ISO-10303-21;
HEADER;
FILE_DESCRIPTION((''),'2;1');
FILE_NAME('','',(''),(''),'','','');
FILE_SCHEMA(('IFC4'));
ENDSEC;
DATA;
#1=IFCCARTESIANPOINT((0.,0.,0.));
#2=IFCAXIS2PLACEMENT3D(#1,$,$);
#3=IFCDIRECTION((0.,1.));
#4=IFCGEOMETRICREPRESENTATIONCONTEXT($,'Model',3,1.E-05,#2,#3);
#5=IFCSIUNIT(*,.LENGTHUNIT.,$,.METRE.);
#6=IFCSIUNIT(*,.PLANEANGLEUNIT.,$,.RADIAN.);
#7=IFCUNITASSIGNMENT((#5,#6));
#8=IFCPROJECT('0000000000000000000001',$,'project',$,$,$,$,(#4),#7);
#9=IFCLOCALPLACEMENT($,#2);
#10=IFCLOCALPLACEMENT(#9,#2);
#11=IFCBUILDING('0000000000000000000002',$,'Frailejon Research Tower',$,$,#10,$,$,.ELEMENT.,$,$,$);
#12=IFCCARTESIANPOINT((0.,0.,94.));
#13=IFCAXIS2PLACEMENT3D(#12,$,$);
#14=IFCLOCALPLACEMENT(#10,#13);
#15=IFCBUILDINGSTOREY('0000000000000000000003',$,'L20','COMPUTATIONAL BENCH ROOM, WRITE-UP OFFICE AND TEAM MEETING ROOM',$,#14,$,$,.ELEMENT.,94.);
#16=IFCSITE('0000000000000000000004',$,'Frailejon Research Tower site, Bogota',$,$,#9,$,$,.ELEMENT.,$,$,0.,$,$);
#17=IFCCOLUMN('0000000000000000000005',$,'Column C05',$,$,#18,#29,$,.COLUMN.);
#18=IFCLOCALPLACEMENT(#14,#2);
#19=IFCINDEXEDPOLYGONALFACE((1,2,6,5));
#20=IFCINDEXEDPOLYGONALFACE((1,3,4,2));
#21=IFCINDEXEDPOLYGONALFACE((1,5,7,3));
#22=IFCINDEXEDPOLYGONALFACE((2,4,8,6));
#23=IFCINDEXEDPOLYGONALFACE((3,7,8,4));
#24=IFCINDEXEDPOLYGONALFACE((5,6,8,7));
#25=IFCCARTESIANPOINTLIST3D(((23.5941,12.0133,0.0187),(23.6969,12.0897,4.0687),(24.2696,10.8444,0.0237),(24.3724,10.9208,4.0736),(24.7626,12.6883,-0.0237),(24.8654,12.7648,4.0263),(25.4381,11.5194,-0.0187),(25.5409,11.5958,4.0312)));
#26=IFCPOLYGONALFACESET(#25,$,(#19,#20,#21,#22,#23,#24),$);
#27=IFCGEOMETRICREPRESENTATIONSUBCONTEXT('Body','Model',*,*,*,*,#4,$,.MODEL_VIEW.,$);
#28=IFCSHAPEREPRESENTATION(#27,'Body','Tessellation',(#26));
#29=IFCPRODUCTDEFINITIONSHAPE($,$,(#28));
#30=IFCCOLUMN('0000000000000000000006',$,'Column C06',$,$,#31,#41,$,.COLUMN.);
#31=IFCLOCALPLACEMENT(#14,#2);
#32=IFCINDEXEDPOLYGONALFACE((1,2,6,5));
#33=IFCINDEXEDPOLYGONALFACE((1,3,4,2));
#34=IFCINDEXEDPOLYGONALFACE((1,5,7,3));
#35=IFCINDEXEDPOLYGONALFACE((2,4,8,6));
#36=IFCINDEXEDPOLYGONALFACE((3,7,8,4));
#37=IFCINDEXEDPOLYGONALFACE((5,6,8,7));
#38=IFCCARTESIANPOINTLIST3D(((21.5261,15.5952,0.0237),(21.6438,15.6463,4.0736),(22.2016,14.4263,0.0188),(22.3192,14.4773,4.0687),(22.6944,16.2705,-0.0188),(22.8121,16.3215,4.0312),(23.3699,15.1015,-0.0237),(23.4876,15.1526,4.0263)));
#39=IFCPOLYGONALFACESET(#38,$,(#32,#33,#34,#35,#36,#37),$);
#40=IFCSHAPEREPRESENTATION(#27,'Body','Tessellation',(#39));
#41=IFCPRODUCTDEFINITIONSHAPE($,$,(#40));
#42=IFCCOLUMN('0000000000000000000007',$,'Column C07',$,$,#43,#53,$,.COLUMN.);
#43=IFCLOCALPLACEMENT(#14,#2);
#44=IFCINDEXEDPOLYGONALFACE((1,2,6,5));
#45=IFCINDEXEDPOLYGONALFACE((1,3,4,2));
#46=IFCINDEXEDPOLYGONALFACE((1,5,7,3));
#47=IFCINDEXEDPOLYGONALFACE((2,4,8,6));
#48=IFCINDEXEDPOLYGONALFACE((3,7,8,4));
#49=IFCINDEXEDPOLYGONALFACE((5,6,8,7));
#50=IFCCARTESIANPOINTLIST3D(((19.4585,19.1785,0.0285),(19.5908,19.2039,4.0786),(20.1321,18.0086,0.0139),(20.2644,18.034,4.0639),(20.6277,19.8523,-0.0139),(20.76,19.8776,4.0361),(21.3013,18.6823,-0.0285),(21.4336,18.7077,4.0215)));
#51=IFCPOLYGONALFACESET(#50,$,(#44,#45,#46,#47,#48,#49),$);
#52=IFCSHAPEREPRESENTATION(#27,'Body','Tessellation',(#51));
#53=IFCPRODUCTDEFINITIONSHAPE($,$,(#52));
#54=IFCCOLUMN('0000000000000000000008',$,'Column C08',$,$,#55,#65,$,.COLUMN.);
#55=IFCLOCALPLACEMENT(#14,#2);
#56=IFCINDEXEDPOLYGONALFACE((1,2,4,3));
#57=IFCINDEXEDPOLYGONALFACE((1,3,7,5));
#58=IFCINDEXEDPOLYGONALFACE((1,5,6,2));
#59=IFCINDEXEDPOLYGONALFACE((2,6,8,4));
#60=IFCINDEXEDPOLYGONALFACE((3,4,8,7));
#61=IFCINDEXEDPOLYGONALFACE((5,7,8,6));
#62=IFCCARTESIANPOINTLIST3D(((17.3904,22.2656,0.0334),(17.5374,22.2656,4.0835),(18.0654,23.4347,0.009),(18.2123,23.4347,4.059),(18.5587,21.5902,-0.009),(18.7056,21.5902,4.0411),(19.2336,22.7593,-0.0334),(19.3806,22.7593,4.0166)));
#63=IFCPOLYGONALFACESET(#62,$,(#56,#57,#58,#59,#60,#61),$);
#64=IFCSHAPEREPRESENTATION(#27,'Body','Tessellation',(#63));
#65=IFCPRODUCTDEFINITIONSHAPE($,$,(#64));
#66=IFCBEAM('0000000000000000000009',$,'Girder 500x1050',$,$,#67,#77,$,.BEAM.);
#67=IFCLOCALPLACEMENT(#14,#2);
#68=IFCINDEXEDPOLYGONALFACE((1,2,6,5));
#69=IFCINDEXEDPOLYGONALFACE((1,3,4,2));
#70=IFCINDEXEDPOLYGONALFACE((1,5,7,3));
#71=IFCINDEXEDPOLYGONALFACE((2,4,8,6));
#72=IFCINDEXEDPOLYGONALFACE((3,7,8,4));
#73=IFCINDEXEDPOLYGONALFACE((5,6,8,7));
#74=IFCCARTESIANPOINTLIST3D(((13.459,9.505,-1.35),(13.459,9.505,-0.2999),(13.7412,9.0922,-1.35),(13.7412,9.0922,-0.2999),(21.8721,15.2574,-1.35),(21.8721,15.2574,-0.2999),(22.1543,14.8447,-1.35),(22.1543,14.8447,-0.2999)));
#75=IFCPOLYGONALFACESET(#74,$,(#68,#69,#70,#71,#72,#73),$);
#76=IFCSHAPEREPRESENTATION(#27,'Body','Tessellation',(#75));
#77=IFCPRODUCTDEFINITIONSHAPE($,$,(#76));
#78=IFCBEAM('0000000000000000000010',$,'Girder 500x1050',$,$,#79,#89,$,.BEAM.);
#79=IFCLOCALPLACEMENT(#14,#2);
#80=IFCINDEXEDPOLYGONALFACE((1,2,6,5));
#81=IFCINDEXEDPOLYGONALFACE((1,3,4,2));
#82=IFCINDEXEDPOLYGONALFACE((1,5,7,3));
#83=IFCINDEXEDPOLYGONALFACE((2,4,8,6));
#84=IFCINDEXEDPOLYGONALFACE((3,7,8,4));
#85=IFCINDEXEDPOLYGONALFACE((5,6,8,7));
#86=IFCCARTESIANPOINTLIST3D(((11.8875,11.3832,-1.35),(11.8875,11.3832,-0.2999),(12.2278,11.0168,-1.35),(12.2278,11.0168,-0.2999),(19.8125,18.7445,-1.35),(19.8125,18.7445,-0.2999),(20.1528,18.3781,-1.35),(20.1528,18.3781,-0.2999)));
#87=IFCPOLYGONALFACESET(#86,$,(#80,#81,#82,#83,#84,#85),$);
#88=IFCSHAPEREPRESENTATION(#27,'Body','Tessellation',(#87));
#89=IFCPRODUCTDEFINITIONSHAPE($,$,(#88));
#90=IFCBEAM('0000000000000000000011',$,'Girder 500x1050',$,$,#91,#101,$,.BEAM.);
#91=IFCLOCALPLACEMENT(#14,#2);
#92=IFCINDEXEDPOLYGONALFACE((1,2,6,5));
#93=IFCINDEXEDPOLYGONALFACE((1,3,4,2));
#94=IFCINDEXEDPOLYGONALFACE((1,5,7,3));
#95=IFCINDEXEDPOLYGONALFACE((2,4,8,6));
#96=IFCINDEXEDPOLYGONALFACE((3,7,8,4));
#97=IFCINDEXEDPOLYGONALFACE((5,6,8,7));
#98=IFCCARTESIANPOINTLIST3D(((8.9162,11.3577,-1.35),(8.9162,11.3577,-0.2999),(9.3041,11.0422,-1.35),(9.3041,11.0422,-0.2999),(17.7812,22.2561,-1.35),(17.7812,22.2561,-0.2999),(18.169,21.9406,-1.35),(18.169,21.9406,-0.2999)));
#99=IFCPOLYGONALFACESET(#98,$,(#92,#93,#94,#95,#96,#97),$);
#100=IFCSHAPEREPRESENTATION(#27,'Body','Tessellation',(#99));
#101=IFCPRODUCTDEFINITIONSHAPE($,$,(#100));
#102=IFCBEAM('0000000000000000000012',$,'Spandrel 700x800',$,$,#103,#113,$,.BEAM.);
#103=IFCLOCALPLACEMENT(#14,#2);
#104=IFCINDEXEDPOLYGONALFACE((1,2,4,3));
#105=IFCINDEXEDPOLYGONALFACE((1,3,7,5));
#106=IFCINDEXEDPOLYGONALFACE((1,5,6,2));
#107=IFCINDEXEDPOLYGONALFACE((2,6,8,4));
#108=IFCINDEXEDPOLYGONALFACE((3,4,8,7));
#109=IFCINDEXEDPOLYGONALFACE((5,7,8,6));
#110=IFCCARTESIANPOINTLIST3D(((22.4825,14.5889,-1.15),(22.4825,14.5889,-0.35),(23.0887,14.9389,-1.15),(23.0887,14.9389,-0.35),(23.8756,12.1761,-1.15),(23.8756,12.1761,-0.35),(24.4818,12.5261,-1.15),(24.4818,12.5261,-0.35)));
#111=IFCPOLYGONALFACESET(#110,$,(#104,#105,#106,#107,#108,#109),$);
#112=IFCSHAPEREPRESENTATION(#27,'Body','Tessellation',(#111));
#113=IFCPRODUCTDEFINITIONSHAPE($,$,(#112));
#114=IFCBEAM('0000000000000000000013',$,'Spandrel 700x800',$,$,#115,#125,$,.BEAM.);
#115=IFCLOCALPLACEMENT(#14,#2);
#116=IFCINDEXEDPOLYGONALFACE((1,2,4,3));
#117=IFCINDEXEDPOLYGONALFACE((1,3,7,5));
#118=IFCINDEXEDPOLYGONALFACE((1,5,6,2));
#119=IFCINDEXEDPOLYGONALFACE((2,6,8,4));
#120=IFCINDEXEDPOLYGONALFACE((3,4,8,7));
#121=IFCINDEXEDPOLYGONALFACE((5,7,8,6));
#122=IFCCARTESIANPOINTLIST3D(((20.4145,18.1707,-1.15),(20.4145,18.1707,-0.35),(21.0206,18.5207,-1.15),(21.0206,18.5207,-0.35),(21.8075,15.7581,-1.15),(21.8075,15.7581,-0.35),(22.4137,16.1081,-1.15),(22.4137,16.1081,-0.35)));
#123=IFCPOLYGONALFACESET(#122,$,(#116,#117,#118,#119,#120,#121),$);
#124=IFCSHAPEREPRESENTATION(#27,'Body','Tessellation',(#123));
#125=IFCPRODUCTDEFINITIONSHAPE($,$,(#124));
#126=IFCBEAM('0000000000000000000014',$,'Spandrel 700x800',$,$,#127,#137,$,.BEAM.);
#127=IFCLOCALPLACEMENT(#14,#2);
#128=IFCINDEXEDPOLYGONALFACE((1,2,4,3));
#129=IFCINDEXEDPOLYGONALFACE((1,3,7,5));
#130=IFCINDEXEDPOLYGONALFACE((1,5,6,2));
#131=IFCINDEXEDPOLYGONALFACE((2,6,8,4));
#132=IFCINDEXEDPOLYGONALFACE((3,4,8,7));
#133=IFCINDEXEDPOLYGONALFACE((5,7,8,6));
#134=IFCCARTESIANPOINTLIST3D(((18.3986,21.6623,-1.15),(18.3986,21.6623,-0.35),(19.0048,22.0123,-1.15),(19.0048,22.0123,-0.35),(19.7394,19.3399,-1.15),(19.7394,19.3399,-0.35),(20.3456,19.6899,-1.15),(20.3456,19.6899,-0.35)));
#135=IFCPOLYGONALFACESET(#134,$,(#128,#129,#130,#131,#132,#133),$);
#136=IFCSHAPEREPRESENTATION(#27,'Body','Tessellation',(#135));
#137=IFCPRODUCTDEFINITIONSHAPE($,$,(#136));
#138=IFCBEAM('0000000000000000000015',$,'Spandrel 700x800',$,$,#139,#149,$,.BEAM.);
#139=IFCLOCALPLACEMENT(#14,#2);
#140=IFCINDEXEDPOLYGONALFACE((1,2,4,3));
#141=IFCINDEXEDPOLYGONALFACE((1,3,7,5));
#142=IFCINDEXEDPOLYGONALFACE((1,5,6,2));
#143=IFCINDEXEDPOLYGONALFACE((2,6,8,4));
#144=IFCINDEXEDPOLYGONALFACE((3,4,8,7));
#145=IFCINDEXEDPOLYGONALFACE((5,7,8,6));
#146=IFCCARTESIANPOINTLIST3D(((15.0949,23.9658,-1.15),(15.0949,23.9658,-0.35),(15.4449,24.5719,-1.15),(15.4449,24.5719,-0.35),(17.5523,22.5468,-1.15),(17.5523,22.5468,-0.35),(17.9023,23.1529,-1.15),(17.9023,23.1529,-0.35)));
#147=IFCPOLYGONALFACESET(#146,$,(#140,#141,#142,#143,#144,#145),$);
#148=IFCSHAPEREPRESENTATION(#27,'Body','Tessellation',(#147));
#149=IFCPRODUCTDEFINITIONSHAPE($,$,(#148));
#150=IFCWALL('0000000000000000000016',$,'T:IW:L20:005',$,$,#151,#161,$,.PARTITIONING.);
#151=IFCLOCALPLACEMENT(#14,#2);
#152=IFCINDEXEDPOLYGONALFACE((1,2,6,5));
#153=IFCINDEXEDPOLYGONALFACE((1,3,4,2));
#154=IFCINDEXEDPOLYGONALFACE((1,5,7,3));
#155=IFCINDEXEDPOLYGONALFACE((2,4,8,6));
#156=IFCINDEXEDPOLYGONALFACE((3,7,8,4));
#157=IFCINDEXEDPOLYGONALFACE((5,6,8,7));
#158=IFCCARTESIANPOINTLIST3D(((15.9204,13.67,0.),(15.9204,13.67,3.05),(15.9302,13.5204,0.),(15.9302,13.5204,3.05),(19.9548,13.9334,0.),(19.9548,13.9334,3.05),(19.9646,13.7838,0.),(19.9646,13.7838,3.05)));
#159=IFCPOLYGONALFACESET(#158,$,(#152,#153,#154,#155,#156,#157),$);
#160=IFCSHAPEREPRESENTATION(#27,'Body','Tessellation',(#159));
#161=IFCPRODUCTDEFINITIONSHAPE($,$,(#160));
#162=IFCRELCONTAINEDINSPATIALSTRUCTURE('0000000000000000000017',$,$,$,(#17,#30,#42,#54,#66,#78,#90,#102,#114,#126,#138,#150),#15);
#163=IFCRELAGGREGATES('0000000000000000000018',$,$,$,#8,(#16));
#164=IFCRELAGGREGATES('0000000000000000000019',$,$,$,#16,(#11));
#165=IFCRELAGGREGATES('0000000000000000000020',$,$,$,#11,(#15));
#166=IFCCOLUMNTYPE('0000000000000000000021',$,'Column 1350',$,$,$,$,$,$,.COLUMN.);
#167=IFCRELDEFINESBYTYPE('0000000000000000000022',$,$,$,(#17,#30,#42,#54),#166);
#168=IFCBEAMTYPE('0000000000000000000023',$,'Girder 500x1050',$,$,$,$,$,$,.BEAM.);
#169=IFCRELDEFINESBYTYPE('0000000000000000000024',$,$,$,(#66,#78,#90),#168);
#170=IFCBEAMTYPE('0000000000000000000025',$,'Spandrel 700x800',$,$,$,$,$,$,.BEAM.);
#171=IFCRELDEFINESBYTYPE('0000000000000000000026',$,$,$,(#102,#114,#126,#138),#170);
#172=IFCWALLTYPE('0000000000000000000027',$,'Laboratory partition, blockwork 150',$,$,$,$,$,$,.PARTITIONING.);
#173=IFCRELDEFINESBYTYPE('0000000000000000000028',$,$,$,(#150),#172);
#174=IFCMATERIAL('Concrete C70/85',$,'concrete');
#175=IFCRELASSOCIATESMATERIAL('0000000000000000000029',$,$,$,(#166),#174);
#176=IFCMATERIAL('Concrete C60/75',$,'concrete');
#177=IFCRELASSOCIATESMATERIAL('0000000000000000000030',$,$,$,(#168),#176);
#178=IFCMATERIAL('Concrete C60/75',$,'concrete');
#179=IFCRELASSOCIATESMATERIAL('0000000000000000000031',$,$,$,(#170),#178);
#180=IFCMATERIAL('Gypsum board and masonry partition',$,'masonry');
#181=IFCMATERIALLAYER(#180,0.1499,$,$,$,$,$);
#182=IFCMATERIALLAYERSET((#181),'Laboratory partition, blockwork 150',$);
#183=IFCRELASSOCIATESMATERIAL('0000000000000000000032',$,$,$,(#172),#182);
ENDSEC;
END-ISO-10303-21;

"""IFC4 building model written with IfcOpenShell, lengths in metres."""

from ifc_helpers import new_model, si_unit, direction, frame, frame_2d, origin, origin_2d, place, context, subcontext, project, spatial, rectangle, extrude, material, layer, layer_set, material_profile, profile_set, type_object, element, save


model = new_model("IFC4")

# Units and contexts
model_context = context("Model", 3, precision=1e-05, world=origin(), true_north=direction((0.0, 1.0)))
body_context = subcontext(model_context, "Body", "Model", "MODEL_VIEW")
ifc_project = project(units=[si_unit("LENGTHUNIT", "METRE"), si_unit("PLANEANGLEUNIT", "RADIAN")], contexts=[model_context])

# Site, building, storey
site_placement = place(None, origin())
site = spatial("IfcSite", under=ifc_project, at=site_placement, Name="Frailejon Research Tower site, Bogota", CompositionType="ELEMENT", RefElevation=0.0)
building_placement = place(site_placement, origin())
building = spatial("IfcBuilding", under=site, at=building_placement, Name="Frailejon Research Tower", CompositionType="ELEMENT")
storey_placement = place(building_placement, frame((0.0, 0.0, 94.0)))
storey = spatial("IfcBuildingStorey", under=building, at=storey_placement, Name="L20", Description="COMPUTATIONAL BENCH ROOM, WRITE-UP OFFICE AND TEAM MEETING ROOM", CompositionType="ELEMENT", Elevation=94.0)

# Columns
ifc_material_1 = material(Name="Concrete C70/85", Category="concrete")
ifc_material_profile_1 = material_profile(ifc_material_1, rectangle(XDim=1.3501, YDim=1.3501, at=origin_2d()), Name="Column 1350")
ifc_profile_set_1 = profile_set([ifc_material_profile_1], Name="Concrete C70/85")
column_type = type_object("IfcColumnType", Name="Column 1350", PredefinedType="COLUMN", material=ifc_profile_set_1)
for number, where, z_axis, x_axis, name in (
    (1, (24.5161, 11.7664, 0.0), (0.025366, 0.018858, 0.9995), (-0.500322, 0.865832, -0.003639), "Column C05"),
    (2, (22.448, 15.3484, 0.0), (0.029041, 0.012592, 0.999499), (-0.500309, 0.865839, 0.003628), "Column C06"),
):
    element("IfcColumn", number, at=place(storey_placement, frame(where, z_axis=z_axis, x_axis=x_axis)), inside=storey, type_object=column_type, Name=name, PredefinedType="COLUMN", context=body_context, shape_type="SweptSolid", body=[
        extrude(rectangle(XDim=1.3501, YDim=1.3501, at=origin_2d()), origin(), (0.0, 0.0, 1.0), 4.052),
    ])
column_1_placement = place(storey_placement, frame((20.3799, 18.9304, 0.0), z_axis=(0.032654, 0.006266, 0.999447), x_axis=(-0.498938, 0.86657, 0.010869)))
element("IfcColumn", 3, at=column_1_placement, inside=storey, type_object=column_type, Name="Column C07", PredefinedType="COLUMN", context=body_context, shape_type="SweptSolid", body=[
    extrude(rectangle(XDim=1.3501, YDim=1.3501, at=origin_2d()), origin(), (0.0, 0.0, 1.0), 4.0522),
])
column_2_placement = place(storey_placement, frame((18.312, 22.5125, 0.0), z_axis=(0.036265, 0.0, 0.999342), x_axis=(-0.865314, 0.500246, 0.031401)))
element("IfcColumn", 4, at=column_2_placement, inside=storey, type_object=column_type, Name="Column C08", PredefinedType="COLUMN", context=body_context, shape_type="SweptSolid", body=[
    extrude(rectangle(XDim=1.3501, YDim=1.3501, at=origin_2d()), origin(), (0.0, 0.0, 1.0), 4.0527),
])

# Beams
ifc_material_2 = material(Name="Concrete C60/75", Category="concrete")
ifc_material_profile_2 = material_profile(ifc_material_2, rectangle(XDim=0.5, YDim=1.05, at=origin_2d()), Name="Girder 500x1050")
ifc_profile_set_2 = profile_set([ifc_material_profile_2], Name="Concrete C60/75")
beam_type_1 = type_object("IfcBeamType", Name="Girder 500x1050", PredefinedType="BEAM", material=ifc_profile_set_2)
beam_1_placement = place(storey_placement, frame((22.0132, 15.051, -0.825), z_axis=(-0.825485, -0.564425, 0.0), x_axis=(0.564425, -0.825485, 0.0)))
element("IfcBeam", 5, at=beam_1_placement, inside=storey, type_object=beam_type_1, Name="Girder 500x1050", PredefinedType="BEAM", context=body_context, shape_type="SweptSolid", body=[
    extrude(rectangle(XDim=0.5, YDim=1.05, at=origin_2d()), origin(), (0.0, 0.0, 1.0), 10.1917),
])
beam_2_placement = place(storey_placement, frame((19.9827, 18.5613, -0.825), z_axis=(-0.732685, -0.680568, 0.0), x_axis=(0.680568, -0.732685, 0.0)))
element("IfcBeam", 6, at=beam_2_placement, inside=storey, type_object=beam_type_1, Name="Girder 500x1050", PredefinedType="BEAM", context=body_context, shape_type="SweptSolid", body=[
    extrude(rectangle(XDim=0.5, YDim=1.05, at=origin_2d()), origin(), (0.0, 0.0, 1.0), 10.8164),
])
beam_3_placement = place(storey_placement, frame((17.9751, 22.0984, -0.825), z_axis=(-0.631022, -0.775765, 0.0), x_axis=(0.775765, -0.631022, 0.0)))
element("IfcBeam", 7, at=beam_3_placement, inside=storey, type_object=beam_type_1, Name="Girder 500x1050", PredefinedType="BEAM", context=body_context, shape_type="SweptSolid", body=[
    extrude(rectangle(XDim=0.5, YDim=1.05, at=origin_2d()), origin(), (0.0, 0.0, 1.0), 14.0486),
])
ifc_material_3 = material(Name="Concrete C60/75", Category="concrete")
ifc_material_profile_3 = material_profile(ifc_material_3, rectangle(XDim=0.7, YDim=0.8, at=origin_2d()), Name="Spandrel 700x800")
ifc_profile_set_3 = profile_set([ifc_material_profile_3], Name="Concrete C60/75")
beam_type_2 = type_object("IfcBeamType", Name="Spandrel 700x800", PredefinedType="BEAM", material=ifc_profile_set_3)
beam_4_placement = place(storey_placement, frame((24.1787, 12.3511, -0.75), z_axis=(-0.500003, 0.866024, 0.0), x_axis=(-0.866024, -0.500003, 0.0)))
element("IfcBeam", 8, at=beam_4_placement, inside=storey, type_object=beam_type_2, Name="Spandrel 700x800", PredefinedType="BEAM", context=body_context, shape_type="SweptSolid", body=[
    extrude(rectangle(XDim=0.7, YDim=0.8, at=origin_2d()), origin(), (0.0, 0.0, 1.0), 2.7861),
])
beam_5_placement = place(storey_placement, frame((22.1106, 15.9331, -0.75), z_axis=(-0.500041, 0.866002, 0.0), x_axis=(-0.866002, -0.500041, 0.0)))
element("IfcBeam", 9, at=beam_5_placement, inside=storey, type_object=beam_type_2, Name="Spandrel 700x800", PredefinedType="BEAM", context=body_context, shape_type="SweptSolid", body=[
    extrude(rectangle(XDim=0.7, YDim=0.8, at=origin_2d()), origin(), (0.0, 0.0, 1.0), 2.7859),
])
beam_6_placement = place(storey_placement, frame((20.0425, 19.5149, -0.75), z_axis=(-0.499977, 0.866039, 0.0), x_axis=(-0.866039, -0.499977, 0.0)))
element("IfcBeam", 10, at=beam_6_placement, inside=storey, type_object=beam_type_2, Name="Spandrel 700x800", PredefinedType="BEAM", context=body_context, shape_type="SweptSolid", body=[
    extrude(rectangle(XDim=0.7, YDim=0.8, at=origin_2d()), origin(), (0.0, 0.0, 1.0), 2.6816),
])
beam_7_placement = place(storey_placement, frame((17.7273, 22.8499, -0.75), z_axis=(-0.865989, 0.500063, 0.0), x_axis=(-0.500063, -0.865989, 0.0)))
element("IfcBeam", 11, at=beam_7_placement, inside=storey, type_object=beam_type_2, Name="Spandrel 700x800", PredefinedType="BEAM", context=body_context, shape_type="SweptSolid", body=[
    extrude(rectangle(XDim=0.7, YDim=0.8, at=origin_2d()), origin(), (0.0, 0.0, 1.0), 2.8376),
])

# Wall
ifc_material_4 = material(Name="Gypsum board and masonry partition", Category="masonry")
ifc_layer_1 = layer(ifc_material_4, 0.1499)
ifc_layer_set_1 = layer_set([ifc_layer_1], Name="Laboratory partition, blockwork 150")
wall_type_1 = type_object("IfcWallType", Name="Laboratory partition, blockwork 150", PredefinedType="PARTITIONING", material=ifc_layer_set_1)
wall_1_placement = place(storey_placement, frame((15.9253, 13.5952, 0.0), z_axis=(0.0, 0.0, 1.0), x_axis=(0.997875, 0.065156, 0.0)))
element("IfcWall", 12, at=wall_1_placement, inside=storey, type_object=wall_type_1, Name="T:IW:L20:005", PredefinedType="PARTITIONING", context=body_context, shape_type="SweptSolid", body=[
    extrude(rectangle(XDim=4.043, YDim=0.1499, at=frame_2d((2.0215, 0.0))), origin(), (0.0, 0.0, 1.0), 3.05),
])

save(model, "model.ifc")
